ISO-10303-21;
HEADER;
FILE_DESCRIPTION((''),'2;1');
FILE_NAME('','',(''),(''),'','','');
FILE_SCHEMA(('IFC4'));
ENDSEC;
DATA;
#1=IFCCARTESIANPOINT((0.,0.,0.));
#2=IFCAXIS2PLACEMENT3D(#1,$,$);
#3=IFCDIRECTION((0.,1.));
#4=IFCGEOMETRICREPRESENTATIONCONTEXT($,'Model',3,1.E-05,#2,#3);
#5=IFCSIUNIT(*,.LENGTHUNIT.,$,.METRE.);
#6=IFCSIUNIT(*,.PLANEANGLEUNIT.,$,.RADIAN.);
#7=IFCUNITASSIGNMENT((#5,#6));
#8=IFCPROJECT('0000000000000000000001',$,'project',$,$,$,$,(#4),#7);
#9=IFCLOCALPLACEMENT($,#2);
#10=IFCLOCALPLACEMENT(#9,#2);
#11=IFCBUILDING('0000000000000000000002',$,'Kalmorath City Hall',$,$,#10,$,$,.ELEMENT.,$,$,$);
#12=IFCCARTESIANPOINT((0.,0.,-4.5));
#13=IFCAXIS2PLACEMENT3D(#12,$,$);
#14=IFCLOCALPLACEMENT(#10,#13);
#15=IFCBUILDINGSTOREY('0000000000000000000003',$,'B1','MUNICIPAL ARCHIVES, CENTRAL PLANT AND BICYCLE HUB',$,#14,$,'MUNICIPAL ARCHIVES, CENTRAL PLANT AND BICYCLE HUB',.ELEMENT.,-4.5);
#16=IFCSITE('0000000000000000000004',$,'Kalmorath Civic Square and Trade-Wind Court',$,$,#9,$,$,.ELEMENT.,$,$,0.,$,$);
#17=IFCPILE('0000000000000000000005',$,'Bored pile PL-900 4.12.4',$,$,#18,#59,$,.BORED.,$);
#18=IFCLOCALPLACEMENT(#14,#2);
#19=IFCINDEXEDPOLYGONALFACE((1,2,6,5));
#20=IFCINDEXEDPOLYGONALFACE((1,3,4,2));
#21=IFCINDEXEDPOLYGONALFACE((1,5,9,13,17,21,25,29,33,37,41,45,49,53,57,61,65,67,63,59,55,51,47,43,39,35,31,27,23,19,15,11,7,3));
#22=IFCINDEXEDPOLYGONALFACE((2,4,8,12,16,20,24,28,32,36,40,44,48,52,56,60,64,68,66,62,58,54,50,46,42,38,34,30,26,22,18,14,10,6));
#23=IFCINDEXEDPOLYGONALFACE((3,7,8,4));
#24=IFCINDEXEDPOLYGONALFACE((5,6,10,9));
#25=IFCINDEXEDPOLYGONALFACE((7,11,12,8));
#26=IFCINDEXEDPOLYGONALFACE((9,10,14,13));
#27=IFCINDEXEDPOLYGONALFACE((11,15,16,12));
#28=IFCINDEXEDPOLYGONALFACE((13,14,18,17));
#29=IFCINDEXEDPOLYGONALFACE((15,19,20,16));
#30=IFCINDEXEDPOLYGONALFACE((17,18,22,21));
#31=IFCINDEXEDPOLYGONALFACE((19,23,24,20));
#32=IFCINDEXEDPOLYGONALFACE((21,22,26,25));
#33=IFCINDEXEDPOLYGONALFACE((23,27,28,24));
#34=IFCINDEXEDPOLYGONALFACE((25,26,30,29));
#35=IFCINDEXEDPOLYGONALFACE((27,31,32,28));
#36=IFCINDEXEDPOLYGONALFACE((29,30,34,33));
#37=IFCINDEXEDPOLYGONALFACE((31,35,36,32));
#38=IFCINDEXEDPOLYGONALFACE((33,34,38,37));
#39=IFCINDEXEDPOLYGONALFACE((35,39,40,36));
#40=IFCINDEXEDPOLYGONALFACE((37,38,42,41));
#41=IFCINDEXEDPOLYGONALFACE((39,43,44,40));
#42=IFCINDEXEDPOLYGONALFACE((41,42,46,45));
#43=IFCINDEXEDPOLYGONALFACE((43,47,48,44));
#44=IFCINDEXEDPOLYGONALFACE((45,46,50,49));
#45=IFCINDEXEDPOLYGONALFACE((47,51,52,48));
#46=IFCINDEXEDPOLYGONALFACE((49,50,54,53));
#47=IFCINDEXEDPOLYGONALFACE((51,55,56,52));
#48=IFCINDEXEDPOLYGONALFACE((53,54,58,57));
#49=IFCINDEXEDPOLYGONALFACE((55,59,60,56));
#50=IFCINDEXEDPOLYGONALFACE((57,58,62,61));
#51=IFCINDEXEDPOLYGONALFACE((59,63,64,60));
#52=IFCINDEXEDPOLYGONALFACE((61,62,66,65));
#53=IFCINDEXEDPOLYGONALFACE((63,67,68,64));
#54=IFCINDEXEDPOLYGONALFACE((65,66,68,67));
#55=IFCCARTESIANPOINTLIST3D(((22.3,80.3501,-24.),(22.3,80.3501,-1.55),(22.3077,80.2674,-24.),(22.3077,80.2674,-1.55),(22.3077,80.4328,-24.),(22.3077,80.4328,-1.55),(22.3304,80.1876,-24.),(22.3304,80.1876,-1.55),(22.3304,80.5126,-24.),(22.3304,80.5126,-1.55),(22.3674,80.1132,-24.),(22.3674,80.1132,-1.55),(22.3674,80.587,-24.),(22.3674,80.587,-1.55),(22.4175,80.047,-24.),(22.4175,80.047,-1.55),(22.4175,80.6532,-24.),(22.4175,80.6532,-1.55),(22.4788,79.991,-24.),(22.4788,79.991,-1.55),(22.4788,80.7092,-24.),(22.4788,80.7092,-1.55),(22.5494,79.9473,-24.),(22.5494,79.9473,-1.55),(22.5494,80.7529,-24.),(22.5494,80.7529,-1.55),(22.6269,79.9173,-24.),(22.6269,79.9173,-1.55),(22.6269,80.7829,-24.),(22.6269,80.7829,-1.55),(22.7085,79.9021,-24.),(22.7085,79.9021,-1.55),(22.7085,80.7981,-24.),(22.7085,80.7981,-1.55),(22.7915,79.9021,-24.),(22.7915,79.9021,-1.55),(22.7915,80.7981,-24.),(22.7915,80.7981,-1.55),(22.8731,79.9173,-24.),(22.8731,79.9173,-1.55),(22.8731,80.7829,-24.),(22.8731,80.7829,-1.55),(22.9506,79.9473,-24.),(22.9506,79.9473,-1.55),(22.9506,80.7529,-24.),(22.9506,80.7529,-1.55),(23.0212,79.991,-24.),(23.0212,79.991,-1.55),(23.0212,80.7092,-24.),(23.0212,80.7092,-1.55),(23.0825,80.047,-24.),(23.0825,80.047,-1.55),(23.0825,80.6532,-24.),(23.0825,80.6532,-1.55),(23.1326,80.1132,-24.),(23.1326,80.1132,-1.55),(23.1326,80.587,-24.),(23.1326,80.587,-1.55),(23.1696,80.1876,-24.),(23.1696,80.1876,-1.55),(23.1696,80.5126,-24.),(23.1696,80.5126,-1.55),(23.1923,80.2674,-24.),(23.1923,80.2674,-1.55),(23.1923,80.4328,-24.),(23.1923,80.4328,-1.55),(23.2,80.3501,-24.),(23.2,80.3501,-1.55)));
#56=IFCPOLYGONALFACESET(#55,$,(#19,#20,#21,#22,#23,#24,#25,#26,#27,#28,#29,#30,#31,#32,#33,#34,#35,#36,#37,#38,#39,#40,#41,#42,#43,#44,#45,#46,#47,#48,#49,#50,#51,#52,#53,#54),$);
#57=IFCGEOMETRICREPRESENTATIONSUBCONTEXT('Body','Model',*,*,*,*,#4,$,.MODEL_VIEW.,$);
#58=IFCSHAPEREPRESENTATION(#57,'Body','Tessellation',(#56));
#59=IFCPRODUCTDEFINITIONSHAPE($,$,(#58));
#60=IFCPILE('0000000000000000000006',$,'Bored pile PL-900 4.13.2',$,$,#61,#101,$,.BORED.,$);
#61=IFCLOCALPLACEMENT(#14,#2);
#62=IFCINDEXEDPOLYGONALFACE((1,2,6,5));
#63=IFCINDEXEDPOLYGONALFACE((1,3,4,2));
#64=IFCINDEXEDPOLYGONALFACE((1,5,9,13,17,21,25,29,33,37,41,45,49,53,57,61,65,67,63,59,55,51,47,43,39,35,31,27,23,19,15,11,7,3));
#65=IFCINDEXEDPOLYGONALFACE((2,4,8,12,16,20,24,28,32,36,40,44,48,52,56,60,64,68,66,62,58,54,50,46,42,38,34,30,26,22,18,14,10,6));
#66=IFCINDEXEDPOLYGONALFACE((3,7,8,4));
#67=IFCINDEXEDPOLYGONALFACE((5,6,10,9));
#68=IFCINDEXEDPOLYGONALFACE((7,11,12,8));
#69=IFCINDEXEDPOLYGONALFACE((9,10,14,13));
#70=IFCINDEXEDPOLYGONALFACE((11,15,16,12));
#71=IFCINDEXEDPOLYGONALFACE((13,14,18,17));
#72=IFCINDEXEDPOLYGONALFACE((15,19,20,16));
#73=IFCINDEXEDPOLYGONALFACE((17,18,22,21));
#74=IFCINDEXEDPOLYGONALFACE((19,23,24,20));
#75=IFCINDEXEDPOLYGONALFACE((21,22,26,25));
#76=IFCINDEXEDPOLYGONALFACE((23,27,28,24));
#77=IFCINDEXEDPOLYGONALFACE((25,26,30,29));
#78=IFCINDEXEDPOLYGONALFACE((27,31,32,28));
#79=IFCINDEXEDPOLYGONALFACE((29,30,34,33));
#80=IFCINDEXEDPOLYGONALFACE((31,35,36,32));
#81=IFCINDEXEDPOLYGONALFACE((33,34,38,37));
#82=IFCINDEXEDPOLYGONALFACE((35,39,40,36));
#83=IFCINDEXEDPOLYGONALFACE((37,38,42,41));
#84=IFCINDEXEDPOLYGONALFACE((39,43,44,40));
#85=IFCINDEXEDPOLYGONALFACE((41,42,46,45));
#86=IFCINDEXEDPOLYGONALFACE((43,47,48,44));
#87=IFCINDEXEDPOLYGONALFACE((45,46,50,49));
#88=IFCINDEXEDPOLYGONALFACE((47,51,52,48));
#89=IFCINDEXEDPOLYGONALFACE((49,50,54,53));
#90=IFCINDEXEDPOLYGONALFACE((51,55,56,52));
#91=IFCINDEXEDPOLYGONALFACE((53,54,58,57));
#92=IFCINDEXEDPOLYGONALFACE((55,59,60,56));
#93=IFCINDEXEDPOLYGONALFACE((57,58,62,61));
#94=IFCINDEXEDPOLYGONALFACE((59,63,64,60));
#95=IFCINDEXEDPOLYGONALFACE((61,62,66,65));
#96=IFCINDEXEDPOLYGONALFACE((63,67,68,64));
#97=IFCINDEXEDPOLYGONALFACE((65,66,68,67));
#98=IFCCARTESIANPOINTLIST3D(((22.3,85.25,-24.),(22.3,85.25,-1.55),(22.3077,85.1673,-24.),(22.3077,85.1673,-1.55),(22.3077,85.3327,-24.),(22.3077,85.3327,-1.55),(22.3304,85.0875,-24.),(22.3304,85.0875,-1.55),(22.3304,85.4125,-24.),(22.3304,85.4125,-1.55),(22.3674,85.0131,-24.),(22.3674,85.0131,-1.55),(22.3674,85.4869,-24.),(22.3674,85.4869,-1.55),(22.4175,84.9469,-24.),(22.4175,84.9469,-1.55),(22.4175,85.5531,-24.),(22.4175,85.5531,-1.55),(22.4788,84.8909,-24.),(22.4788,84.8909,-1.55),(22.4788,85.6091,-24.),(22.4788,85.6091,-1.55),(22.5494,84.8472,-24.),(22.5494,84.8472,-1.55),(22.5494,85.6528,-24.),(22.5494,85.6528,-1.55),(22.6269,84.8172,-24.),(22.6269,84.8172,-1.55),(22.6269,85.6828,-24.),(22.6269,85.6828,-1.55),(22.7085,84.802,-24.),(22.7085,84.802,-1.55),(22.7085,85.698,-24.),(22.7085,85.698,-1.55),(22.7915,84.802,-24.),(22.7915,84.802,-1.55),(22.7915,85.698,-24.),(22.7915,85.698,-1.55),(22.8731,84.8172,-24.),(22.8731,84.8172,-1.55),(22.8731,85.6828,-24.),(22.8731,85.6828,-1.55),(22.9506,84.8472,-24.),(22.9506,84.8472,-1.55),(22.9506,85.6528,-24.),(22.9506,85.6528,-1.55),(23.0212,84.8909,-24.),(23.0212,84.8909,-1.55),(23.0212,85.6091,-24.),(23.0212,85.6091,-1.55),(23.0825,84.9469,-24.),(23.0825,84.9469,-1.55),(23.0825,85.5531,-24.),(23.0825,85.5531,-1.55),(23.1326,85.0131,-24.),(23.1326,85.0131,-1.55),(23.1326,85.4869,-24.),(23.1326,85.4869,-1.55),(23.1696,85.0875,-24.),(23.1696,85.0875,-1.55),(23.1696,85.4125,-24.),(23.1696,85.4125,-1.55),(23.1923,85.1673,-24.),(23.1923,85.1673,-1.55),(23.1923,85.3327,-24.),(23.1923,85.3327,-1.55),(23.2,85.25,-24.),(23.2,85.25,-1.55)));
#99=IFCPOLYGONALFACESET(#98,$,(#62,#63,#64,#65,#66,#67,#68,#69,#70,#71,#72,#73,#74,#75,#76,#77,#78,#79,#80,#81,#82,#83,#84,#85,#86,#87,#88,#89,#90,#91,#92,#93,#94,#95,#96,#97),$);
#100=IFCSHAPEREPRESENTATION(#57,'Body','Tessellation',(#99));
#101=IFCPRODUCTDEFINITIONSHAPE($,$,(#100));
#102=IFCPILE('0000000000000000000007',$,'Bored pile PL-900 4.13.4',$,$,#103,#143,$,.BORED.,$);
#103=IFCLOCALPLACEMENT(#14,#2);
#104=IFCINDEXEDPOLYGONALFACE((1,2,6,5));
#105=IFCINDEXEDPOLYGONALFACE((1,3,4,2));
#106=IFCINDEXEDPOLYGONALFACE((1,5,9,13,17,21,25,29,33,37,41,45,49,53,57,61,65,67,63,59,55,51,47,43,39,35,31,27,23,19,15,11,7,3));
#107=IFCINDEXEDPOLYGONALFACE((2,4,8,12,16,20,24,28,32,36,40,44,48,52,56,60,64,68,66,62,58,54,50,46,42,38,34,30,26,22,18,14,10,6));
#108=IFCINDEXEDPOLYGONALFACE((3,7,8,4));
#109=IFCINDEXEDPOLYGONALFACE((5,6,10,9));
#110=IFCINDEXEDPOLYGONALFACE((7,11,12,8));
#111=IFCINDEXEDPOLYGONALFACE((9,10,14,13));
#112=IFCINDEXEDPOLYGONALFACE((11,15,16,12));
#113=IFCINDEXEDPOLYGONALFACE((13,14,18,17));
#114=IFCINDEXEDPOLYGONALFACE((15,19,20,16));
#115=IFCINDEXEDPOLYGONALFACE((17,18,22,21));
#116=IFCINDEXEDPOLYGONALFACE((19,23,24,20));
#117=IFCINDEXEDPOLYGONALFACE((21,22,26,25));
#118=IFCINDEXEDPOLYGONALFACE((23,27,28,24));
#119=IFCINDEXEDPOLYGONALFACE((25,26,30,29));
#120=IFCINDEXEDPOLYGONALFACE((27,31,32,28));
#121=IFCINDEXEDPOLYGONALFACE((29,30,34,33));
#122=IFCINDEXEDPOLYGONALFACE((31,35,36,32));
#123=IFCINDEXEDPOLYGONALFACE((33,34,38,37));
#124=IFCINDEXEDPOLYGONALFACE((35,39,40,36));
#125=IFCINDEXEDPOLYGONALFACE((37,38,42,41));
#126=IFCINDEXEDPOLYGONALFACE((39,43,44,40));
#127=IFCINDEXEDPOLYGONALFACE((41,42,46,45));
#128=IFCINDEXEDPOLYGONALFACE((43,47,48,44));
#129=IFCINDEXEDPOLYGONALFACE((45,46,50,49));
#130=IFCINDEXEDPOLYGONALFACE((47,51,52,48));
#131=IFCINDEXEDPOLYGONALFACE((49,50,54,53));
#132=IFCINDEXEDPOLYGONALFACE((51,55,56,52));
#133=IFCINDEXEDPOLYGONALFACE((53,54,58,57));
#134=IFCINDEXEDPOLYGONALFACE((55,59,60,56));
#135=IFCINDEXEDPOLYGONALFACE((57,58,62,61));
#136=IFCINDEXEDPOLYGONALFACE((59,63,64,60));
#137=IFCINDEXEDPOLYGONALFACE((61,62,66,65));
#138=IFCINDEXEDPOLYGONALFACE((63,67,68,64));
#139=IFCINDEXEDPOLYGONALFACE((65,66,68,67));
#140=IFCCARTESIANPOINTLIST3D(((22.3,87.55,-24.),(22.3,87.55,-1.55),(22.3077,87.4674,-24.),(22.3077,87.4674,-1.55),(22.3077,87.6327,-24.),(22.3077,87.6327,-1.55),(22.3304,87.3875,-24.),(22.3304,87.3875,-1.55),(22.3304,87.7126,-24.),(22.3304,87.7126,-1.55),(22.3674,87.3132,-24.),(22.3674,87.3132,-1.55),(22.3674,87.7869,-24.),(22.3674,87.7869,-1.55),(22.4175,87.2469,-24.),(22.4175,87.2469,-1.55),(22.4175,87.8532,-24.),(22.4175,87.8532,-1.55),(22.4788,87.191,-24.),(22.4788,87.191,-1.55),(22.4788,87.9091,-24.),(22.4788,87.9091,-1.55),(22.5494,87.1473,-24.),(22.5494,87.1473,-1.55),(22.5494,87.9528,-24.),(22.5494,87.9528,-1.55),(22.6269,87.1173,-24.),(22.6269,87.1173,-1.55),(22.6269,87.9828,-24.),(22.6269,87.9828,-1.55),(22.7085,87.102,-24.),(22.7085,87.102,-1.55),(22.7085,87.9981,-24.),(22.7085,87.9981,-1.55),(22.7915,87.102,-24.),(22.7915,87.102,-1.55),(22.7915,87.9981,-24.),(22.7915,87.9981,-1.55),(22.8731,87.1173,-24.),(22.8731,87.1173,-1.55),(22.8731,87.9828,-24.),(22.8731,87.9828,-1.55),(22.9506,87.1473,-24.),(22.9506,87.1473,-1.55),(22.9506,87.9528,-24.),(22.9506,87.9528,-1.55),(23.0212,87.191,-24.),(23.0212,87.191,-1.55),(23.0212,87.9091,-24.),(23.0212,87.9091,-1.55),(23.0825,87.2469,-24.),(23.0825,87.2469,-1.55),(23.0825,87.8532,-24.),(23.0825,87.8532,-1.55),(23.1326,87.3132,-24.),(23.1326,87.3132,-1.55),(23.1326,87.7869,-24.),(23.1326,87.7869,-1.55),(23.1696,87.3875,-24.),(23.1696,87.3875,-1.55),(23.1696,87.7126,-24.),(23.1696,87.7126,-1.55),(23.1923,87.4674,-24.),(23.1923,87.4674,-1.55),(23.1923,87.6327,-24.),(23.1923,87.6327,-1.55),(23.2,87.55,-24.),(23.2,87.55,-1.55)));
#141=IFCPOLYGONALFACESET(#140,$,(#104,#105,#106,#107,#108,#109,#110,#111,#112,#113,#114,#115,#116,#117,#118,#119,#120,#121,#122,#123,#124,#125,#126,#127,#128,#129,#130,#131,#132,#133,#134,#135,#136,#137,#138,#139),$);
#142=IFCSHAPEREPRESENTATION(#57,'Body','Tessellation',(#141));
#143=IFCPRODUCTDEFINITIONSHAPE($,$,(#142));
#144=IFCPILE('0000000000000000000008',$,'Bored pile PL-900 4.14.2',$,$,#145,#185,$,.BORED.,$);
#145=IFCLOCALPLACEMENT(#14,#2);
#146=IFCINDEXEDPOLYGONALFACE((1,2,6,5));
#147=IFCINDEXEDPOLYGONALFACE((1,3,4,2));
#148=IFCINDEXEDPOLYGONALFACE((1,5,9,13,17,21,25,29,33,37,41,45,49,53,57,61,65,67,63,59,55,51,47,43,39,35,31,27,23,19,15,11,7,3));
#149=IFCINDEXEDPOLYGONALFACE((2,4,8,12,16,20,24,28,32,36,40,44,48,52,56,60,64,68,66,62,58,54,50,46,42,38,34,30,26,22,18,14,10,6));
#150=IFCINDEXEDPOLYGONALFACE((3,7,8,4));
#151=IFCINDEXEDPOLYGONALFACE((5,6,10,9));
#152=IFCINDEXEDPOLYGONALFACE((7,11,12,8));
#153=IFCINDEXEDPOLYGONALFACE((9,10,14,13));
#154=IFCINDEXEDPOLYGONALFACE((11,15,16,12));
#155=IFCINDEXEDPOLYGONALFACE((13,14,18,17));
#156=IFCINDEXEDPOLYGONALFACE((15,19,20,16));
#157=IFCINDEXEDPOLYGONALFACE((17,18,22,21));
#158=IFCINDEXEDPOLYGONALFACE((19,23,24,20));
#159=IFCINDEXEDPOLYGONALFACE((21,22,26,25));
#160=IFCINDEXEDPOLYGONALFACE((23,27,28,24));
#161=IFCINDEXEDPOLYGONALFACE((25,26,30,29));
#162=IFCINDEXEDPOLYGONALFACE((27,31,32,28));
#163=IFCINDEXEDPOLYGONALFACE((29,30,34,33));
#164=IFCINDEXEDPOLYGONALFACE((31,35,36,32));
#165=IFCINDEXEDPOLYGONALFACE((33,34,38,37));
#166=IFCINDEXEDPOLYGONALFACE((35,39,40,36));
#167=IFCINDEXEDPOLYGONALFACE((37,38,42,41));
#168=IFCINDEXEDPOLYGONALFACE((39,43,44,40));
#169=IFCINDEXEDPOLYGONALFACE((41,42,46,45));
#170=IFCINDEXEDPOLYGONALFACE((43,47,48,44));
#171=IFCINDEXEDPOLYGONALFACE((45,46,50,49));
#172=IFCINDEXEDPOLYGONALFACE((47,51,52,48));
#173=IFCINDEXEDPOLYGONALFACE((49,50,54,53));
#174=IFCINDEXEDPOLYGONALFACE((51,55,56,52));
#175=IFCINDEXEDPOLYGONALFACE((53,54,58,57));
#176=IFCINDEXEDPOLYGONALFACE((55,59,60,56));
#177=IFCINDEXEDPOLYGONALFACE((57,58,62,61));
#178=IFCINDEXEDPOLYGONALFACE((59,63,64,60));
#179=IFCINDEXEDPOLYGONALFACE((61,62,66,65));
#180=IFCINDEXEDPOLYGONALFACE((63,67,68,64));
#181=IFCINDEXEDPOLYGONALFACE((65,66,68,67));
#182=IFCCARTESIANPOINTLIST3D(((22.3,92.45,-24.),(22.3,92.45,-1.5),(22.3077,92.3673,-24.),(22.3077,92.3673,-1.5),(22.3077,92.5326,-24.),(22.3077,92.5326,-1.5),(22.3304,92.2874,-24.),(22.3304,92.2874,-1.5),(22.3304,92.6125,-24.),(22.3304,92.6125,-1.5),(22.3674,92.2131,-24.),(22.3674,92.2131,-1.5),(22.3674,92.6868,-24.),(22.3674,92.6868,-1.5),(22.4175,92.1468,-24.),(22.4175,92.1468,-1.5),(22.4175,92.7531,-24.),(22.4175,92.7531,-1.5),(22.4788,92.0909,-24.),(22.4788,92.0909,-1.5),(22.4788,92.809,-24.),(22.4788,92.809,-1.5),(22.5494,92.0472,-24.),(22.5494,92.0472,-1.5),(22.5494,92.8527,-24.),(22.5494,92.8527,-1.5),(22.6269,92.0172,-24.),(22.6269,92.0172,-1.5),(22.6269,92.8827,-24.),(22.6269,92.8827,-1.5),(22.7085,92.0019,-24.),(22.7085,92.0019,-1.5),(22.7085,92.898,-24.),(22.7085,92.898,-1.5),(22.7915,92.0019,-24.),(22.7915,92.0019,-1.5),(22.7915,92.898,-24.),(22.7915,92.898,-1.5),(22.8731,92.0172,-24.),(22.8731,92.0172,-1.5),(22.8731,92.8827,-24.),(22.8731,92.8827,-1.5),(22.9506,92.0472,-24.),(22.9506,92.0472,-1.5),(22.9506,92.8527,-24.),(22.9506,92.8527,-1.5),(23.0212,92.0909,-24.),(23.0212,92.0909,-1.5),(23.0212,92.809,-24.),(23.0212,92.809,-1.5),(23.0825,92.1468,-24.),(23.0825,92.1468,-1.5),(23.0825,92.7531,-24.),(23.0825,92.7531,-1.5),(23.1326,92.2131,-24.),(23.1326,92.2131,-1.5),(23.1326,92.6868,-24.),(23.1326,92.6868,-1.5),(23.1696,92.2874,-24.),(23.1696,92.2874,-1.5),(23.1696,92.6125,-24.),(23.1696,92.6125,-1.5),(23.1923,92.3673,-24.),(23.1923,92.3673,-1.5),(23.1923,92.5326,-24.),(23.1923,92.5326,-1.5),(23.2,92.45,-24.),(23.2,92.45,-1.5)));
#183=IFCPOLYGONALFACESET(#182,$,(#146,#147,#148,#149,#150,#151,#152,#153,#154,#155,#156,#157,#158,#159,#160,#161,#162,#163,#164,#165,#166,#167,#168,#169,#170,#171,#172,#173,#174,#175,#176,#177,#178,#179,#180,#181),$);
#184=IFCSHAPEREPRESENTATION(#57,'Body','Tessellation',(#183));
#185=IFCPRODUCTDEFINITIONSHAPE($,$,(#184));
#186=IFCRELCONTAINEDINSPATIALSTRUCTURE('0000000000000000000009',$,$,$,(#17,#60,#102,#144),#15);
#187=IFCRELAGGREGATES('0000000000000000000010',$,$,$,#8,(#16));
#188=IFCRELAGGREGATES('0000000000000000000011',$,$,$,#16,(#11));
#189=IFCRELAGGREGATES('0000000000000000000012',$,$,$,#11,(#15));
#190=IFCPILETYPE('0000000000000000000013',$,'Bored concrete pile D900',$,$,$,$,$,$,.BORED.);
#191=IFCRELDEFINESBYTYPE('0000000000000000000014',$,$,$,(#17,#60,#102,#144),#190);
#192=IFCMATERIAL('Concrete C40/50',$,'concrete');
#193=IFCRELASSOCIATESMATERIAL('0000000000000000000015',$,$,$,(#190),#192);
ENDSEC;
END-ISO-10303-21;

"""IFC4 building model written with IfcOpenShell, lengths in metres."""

from ifc_helpers import new_model, si_unit, direction, frame, origin, origin_2d, place, context, subcontext, project, spatial, circle, extrude, material, material_profile, profile_set, type_object, element, save


model = new_model("IFC4")

# Units and contexts
model_context = context("Model", 3, precision=1e-05, world=origin(), true_north=direction((0.0, 1.0)))
body_context = subcontext(model_context, "Body", "Model", "MODEL_VIEW")
ifc_project = project(units=[si_unit("LENGTHUNIT", "METRE"), si_unit("PLANEANGLEUNIT", "RADIAN")], contexts=[model_context])

# Site, building, storey
site_placement = place(None, origin())
site = spatial("IfcSite", under=ifc_project, at=site_placement, Name="Kalmorath Civic Square and Trade-Wind Court", CompositionType="ELEMENT", RefElevation=0.0)
building_placement = place(site_placement, origin())
building = spatial("IfcBuilding", under=site, at=building_placement, Name="Kalmorath City Hall", CompositionType="ELEMENT")
storey_placement = place(building_placement, frame((0.0, 0.0, -4.5)))
storey = spatial("IfcBuildingStorey", under=building, at=storey_placement, Name="B1", Description="MUNICIPAL ARCHIVES, CENTRAL PLANT AND BICYCLE HUB", LongName="MUNICIPAL ARCHIVES, CENTRAL PLANT AND BICYCLE HUB", CompositionType="ELEMENT", Elevation=-4.5)

# Piles
ifc_material_1 = material(Name="Concrete C40/50", Category="concrete")
ifc_material_profile_1 = material_profile(ifc_material_1, circle(Radius=0.45, at=origin_2d()), Name="PILE-D900")
ifc_profile_set_1 = profile_set([ifc_material_profile_1], Name="Concrete C40/50")
pile_type = type_object("IfcPileType", Name="Bored concrete pile D900", PredefinedType="BORED", material=ifc_profile_set_1)
for number, where, z_axis, x_axis, name in (
    (1, (22.75, 80.3501, -1.55), (0.0, 0.0, -1.0), (1.0, 0.0, 0.0), "Bored pile PL-900 4.12.4"),
    (2, (22.75, 85.25, -1.55), (0.0, 0.0, -1.0), (1.0, 0.0, 0.0), "Bored pile PL-900 4.13.2"),
    (3, (22.75, 87.55, -1.55), (0.0, 0.0, -1.0), (1.0, 0.0, 0.0), "Bored pile PL-900 4.13.4"),
):
    element("IfcPile", number, at=place(storey_placement, frame(where, z_axis=z_axis, x_axis=x_axis)), inside=storey, type_object=pile_type, Name=name, PredefinedType="BORED", context=body_context, shape_type="SweptSolid", body=[
        extrude(circle(Radius=0.45, at=origin_2d()), origin(), (0.0, 0.0, 1.0), 22.45),
    ])
for number, where, z_axis, x_axis, name in (
    (4, (22.75, 92.45, -1.5), (0.0, 0.0, -1.0), (1.0, 0.0, 0.0), "Bored pile PL-900 4.14.2"),
):
    element("IfcPile", number, at=place(storey_placement, frame(where, z_axis=z_axis, x_axis=x_axis)), inside=storey, type_object=pile_type, Name=name, PredefinedType="BORED", context=body_context, shape_type="SweptSolid", body=[
        extrude(circle(Radius=0.45, at=origin_2d()), origin(), (0.0, 0.0, 1.0), 22.5),
    ])

save(model, "model.ifc")
